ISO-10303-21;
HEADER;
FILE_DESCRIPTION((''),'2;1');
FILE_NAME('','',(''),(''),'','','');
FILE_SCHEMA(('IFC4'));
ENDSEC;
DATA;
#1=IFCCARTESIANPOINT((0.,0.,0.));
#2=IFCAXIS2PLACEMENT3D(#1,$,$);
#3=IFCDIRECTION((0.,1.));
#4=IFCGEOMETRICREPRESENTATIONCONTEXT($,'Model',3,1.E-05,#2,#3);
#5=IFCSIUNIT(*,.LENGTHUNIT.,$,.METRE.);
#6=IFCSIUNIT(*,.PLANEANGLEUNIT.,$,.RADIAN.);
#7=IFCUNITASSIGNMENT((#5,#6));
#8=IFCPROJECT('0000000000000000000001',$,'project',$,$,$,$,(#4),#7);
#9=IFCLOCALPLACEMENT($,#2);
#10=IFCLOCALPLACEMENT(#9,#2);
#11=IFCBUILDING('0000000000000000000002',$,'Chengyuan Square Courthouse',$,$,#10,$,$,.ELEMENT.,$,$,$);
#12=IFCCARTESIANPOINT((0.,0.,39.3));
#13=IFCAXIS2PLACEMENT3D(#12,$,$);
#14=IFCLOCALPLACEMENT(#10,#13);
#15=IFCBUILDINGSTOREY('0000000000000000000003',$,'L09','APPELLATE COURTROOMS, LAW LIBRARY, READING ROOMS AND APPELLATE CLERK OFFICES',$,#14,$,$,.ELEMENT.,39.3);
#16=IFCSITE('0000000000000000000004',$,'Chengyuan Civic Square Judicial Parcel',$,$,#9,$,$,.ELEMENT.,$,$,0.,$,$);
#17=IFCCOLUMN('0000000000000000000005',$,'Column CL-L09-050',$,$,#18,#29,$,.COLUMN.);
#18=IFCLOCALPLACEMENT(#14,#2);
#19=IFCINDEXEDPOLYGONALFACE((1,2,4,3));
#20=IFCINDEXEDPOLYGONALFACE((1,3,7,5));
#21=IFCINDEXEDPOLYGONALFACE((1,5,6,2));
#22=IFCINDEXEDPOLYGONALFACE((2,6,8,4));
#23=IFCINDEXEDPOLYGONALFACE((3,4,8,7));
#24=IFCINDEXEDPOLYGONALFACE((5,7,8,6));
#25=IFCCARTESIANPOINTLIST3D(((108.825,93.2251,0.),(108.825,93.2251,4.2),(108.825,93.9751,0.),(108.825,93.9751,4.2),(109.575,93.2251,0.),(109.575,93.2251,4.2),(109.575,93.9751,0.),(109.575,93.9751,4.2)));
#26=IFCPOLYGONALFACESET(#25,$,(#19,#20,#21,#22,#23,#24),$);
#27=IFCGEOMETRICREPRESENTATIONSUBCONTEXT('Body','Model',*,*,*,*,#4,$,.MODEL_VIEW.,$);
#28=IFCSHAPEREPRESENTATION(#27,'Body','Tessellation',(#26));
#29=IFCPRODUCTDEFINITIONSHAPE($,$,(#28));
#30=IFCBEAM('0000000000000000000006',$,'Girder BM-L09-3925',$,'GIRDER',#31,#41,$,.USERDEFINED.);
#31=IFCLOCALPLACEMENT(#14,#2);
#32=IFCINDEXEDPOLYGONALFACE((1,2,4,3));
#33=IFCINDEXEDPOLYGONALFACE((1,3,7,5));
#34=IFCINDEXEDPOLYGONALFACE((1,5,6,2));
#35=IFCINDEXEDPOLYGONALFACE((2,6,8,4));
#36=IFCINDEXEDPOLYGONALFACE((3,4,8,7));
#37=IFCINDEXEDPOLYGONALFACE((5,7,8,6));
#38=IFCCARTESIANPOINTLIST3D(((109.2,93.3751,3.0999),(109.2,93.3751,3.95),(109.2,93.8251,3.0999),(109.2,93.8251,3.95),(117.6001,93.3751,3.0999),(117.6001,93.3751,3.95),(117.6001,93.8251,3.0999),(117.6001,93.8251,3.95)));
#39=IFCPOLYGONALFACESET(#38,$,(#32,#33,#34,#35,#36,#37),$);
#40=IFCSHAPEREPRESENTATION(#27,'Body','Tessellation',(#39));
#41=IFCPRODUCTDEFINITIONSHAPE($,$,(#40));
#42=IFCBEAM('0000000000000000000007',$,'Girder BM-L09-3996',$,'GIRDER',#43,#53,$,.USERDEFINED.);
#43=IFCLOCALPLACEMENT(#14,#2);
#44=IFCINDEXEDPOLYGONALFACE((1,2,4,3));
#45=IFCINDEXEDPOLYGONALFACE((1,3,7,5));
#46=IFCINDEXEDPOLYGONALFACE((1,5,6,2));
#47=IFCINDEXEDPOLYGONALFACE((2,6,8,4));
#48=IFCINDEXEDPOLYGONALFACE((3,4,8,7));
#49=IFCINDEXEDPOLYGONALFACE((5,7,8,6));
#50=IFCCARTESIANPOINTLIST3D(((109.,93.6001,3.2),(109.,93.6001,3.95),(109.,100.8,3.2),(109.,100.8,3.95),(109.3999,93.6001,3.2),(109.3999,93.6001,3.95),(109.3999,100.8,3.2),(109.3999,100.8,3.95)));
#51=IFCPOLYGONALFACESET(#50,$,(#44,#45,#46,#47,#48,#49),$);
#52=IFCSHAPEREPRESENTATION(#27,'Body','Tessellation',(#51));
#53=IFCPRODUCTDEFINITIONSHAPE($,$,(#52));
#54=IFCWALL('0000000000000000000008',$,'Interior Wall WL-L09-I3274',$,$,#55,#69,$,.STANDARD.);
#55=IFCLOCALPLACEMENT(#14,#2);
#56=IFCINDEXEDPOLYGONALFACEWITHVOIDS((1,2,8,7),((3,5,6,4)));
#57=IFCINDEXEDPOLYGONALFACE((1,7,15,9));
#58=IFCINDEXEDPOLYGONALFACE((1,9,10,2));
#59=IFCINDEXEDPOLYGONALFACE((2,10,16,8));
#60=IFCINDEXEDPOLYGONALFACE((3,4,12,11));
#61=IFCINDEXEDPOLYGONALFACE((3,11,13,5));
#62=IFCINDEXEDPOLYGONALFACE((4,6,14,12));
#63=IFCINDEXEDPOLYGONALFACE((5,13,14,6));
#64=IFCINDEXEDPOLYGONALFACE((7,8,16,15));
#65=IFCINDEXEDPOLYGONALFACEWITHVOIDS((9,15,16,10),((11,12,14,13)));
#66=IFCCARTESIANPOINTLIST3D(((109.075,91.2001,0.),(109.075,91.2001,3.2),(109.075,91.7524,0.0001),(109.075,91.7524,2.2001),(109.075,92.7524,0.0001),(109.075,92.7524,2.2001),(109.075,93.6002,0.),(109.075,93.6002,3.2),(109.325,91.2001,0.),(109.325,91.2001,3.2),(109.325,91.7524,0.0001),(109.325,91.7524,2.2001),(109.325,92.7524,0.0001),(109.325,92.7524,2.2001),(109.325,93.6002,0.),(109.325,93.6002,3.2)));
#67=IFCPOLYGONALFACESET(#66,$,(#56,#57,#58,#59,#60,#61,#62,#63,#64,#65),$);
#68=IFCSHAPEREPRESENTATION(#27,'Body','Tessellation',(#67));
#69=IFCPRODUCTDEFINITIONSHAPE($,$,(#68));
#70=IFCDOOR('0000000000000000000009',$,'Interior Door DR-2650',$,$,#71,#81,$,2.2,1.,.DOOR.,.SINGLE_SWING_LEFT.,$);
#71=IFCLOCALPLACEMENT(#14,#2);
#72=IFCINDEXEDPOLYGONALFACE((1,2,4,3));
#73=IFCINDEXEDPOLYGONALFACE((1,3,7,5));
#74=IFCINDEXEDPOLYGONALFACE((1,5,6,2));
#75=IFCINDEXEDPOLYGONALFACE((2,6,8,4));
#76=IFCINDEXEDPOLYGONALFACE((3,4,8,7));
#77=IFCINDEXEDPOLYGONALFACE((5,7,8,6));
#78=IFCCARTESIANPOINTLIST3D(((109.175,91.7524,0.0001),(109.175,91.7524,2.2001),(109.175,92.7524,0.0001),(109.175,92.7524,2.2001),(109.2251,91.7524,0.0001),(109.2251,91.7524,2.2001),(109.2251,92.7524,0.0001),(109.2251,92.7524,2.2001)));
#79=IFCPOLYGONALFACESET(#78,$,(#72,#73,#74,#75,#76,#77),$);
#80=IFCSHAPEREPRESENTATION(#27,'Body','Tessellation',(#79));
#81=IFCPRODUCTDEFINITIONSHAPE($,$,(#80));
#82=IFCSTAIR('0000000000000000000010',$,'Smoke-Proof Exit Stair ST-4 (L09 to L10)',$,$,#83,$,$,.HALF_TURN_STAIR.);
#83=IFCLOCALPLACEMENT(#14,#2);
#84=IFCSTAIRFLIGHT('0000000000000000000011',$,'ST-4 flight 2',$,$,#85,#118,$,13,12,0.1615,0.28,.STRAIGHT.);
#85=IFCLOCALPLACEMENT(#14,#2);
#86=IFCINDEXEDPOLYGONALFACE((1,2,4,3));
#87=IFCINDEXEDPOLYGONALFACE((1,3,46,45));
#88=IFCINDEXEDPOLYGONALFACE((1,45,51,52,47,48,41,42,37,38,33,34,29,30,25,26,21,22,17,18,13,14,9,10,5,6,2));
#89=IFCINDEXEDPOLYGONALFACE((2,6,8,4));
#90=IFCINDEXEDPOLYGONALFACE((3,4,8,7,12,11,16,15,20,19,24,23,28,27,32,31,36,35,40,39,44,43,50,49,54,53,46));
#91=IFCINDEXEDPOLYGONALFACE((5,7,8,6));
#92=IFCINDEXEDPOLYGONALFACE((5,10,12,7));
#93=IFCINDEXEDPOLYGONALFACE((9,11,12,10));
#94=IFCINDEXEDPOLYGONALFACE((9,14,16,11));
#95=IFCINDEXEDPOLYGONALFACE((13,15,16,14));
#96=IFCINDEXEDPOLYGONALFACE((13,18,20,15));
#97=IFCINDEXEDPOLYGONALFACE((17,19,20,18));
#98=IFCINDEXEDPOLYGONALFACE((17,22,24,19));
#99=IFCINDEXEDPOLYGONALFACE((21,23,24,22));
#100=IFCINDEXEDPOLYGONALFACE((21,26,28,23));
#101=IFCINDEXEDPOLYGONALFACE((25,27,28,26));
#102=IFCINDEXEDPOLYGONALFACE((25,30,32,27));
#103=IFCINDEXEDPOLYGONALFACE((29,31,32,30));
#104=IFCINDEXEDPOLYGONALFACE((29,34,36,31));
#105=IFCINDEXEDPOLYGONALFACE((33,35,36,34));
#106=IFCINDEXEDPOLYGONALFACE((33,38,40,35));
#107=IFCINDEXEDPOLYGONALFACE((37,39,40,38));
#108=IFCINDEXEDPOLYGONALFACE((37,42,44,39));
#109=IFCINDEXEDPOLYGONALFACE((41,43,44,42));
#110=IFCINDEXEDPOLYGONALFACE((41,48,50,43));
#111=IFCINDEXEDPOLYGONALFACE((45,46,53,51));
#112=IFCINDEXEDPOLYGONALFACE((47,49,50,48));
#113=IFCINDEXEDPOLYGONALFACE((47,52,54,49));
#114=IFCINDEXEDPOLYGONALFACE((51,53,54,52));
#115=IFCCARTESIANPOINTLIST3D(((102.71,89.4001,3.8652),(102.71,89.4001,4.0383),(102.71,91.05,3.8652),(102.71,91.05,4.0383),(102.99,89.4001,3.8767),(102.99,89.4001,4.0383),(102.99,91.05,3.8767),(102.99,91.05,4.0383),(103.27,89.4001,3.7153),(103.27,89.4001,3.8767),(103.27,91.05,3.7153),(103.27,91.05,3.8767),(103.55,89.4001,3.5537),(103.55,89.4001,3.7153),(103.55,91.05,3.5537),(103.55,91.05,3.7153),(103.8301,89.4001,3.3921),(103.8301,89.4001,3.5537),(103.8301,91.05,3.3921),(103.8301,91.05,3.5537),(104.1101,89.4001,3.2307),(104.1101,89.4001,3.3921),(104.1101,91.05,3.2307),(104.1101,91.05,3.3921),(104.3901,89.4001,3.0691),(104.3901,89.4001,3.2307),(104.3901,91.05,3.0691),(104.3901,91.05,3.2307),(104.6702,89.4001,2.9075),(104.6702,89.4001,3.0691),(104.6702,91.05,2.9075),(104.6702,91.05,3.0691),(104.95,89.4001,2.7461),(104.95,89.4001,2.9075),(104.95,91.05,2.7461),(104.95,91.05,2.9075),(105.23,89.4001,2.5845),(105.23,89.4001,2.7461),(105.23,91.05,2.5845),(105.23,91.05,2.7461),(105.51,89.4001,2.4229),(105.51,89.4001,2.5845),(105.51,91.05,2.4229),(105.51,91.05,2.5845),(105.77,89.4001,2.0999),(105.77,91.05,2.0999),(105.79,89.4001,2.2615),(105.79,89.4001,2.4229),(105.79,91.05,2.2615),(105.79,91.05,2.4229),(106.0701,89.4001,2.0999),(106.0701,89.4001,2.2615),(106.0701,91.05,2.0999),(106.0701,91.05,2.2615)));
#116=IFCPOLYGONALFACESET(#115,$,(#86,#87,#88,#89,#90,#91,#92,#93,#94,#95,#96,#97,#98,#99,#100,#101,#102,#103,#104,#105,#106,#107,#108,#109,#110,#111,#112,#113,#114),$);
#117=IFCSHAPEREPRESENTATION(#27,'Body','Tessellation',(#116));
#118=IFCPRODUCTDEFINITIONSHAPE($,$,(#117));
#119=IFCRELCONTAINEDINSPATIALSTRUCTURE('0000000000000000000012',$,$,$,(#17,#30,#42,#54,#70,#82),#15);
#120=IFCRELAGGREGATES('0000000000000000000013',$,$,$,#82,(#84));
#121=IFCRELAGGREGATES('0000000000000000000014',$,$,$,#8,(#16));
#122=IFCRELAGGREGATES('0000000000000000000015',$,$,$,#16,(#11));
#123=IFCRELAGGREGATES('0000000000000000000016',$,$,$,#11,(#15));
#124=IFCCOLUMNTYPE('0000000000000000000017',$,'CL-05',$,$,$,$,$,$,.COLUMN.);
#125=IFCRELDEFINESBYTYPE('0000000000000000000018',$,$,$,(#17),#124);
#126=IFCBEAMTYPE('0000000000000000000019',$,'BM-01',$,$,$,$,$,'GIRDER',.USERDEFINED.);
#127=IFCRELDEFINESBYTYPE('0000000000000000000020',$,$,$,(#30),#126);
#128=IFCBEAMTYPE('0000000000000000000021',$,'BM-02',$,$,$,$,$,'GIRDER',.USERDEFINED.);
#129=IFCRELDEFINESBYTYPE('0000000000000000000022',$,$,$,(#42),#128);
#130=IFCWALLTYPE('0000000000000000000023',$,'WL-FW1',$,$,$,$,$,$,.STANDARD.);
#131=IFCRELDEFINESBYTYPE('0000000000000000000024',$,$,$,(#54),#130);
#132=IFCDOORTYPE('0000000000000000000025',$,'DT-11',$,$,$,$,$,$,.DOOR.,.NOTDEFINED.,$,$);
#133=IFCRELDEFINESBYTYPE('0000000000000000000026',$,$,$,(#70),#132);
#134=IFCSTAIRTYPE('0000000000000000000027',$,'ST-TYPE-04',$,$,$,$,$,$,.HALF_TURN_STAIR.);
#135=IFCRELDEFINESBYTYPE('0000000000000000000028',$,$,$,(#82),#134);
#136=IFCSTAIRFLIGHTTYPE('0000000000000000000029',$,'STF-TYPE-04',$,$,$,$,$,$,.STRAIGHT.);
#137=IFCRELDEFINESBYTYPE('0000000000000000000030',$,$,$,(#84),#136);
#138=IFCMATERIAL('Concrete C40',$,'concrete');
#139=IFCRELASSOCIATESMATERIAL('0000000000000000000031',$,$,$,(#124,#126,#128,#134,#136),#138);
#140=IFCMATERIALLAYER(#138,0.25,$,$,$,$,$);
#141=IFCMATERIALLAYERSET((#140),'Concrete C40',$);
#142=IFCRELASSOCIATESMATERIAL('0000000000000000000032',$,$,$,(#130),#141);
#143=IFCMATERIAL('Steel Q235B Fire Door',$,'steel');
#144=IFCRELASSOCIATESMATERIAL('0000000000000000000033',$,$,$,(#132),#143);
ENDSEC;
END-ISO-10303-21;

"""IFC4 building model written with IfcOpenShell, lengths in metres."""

from ifc_helpers import new_model, si_unit, direction, frame, frame_2d, origin, origin_2d, place, context, subcontext, project, spatial, polyline, rectangle, outline, extrude, material, layer, layer_set, material_profile, profile_set, type_object, element, fill, aggregate, save


model = new_model("IFC4")

# Units and contexts
model_context = context("Model", 3, precision=1e-05, world=origin(), true_north=direction((0.0, 1.0)))
body_context = subcontext(model_context, "Body", "Model", "MODEL_VIEW")
ifc_project = project(units=[si_unit("LENGTHUNIT", "METRE"), si_unit("PLANEANGLEUNIT", "RADIAN")], contexts=[model_context])

# Site, building, storey
site_placement = place(None, origin())
site = spatial("IfcSite", under=ifc_project, at=site_placement, Name="Chengyuan Civic Square Judicial Parcel", CompositionType="ELEMENT", RefElevation=0.0)
building_placement = place(site_placement, origin())
building = spatial("IfcBuilding", under=site, at=building_placement, Name="Chengyuan Square Courthouse", CompositionType="ELEMENT")
storey_placement = place(building_placement, frame((0.0, 0.0, 39.3)))
storey = spatial("IfcBuildingStorey", under=building, at=storey_placement, Name="L09", Description="APPELLATE COURTROOMS, LAW LIBRARY, READING ROOMS AND APPELLATE CLERK OFFICES", CompositionType="ELEMENT", Elevation=39.3)

# Column
ifc_material_1 = material(Name="Concrete C40", Category="concrete")
ifc_material_profile_1 = material_profile(ifc_material_1, rectangle(XDim=0.75, YDim=0.75, at=origin_2d()), Name="RC-COL-750x750")
ifc_profile_set_1 = profile_set([ifc_material_profile_1], Name="Concrete C40")
column_type = type_object("IfcColumnType", Name="CL-05", PredefinedType="COLUMN", material=ifc_profile_set_1)
column_placement = place(storey_placement, frame((109.2, 93.6001, 0.0), z_axis=(0.0, 0.0, 1.0), x_axis=(1.0, 0.0, 0.0)))
element("IfcColumn", 1, at=column_placement, inside=storey, type_object=column_type, Name="Column CL-L09-050", PredefinedType="COLUMN", context=body_context, shape_type="SweptSolid", body=[
    extrude(rectangle(XDim=0.75, YDim=0.75, at=origin_2d()), origin(), (0.0, 0.0, 1.0), 4.2),
])

# Beams
ifc_material_profile_2 = material_profile(ifc_material_1, rectangle(XDim=0.45, YDim=0.8501, at=origin_2d()), Name="RC-BM-450x850")
ifc_profile_set_2 = profile_set([ifc_material_profile_2], Name="Concrete C40")
beam_type_1 = type_object("IfcBeamType", Name="BM-01", ElementType="GIRDER", PredefinedType="USERDEFINED", material=ifc_profile_set_2)
beam_1_placement = place(storey_placement, frame((109.2, 93.6001, 3.5249), z_axis=(1.0, 0.0, 0.0), x_axis=(0.0, 1.0, 0.0)))
element("IfcBeam", 2, at=beam_1_placement, inside=storey, type_object=beam_type_1, Name="Girder BM-L09-3925", ObjectType="GIRDER", PredefinedType="USERDEFINED", context=body_context, shape_type="SweptSolid", body=[
    extrude(rectangle(XDim=0.45, YDim=0.8501, at=origin_2d()), origin(), (0.0, 0.0, 1.0), 8.4001),
])
ifc_material_profile_3 = material_profile(ifc_material_1, rectangle(XDim=0.3999, YDim=0.75, at=origin_2d()), Name="RC-BM-400x750")
ifc_profile_set_3 = profile_set([ifc_material_profile_3], Name="Concrete C40")
beam_type_2 = type_object("IfcBeamType", Name="BM-02", ElementType="GIRDER", PredefinedType="USERDEFINED", material=ifc_profile_set_3)
beam_2_placement = place(storey_placement, frame((109.2, 93.6001, 3.575), z_axis=(0.0, 1.0, 0.0), x_axis=(-1.0, 0.0, 0.0)))
element("IfcBeam", 3, at=beam_2_placement, inside=storey, type_object=beam_type_2, Name="Girder BM-L09-3996", ObjectType="GIRDER", PredefinedType="USERDEFINED", context=body_context, shape_type="SweptSolid", body=[
    extrude(rectangle(XDim=0.3999, YDim=0.75, at=origin_2d()), origin(), (0.0, 0.0, 1.0), 7.2),
])

# Wall, opening, door
ifc_layer_1 = layer(ifc_material_1, 0.25)
ifc_layer_set_1 = layer_set([ifc_layer_1], Name="Concrete C40")
wall_type_1 = type_object("IfcWallType", Name="WL-FW1", PredefinedType="STANDARD", material=ifc_layer_set_1)
ifc_material_2 = material(Name="Steel Q235B Fire Door", Category="steel")
wall_1_placement = place(storey_placement, frame((109.2, 91.2, 0.0), z_axis=(0.0, 0.0, 1.0), x_axis=(0.0, 1.0, 0.0)))
wall_1 = element("IfcWall", 4, at=wall_1_placement, inside=storey, type_object=wall_type_1, Name="Interior Wall WL-L09-I3274", PredefinedType="STANDARD", context=body_context, shape_type="SweptSolid", body=[
    extrude(rectangle(XDim=2.4001, YDim=0.25, at=frame_2d((1.2002, 0.0))), origin(), (0.0, 0.0, 1.0), 3.2),
])
opening_1_placement = place(wall_1_placement, frame((0.5525, 0.0, 0.0)))
opening_1 = element("IfcOpeningElement", 5, at=opening_1_placement, cuts=wall_1, PredefinedType="OPENING", context=body_context, shape_type="SweptSolid", body=[
    extrude(rectangle(XDim=1.0, YDim=2.2, at=frame_2d((0.5, 1.1001))), frame((0.0, 0.137, 0.0), z_axis=(0.0, -1.0, 0.0), x_axis=(1.0, 0.0, 0.0)), (0.0, 0.0, 1.0), 0.2739),
])
door_type_1 = type_object("IfcDoorType", Name="DT-11", OperationType="NOTDEFINED", PredefinedType="DOOR", material=ifc_material_2)
door_1_placement = place(opening_1_placement, origin())
door_1 = element("IfcDoor", 6, at=door_1_placement, inside=storey, type_object=door_type_1, Name="Interior Door DR-2650", OperationType="SINGLE_SWING_LEFT", OverallHeight=2.2, OverallWidth=1.0, PredefinedType="DOOR", context=body_context, shape_type="SweptSolid", body=[
    extrude(rectangle(XDim=1.0, YDim=2.2, at=frame_2d((0.5, 1.1001))), frame((0.0, 0.0249, 0.0), z_axis=(0.0, -1.0, 0.0), x_axis=(1.0, 0.0, 0.0)), (0.0, 0.0, 1.0), 0.05),
])
fill(opening_1, door_1)

# Stair, stair flight
stair_type = type_object("IfcStairType", Name="ST-TYPE-04", PredefinedType="HALF_TURN_STAIR", material=ifc_material_1)
stair_placement = place(storey_placement, origin())
stair = element("IfcStair", 7, at=stair_placement, inside=storey, type_object=stair_type, Name="Smoke-Proof Exit Stair ST-4 (L09 to L10)", PredefinedType="HALF_TURN_STAIR")
stair_flight_type = type_object("IfcStairFlightType", Name="STF-TYPE-04", PredefinedType="STRAIGHT", material=ifc_material_1)
stair_flight_placement = place(storey_placement, frame((106.0701, 90.2251, 2.0999), z_axis=(0.0, 0.0, 1.0), x_axis=(-1.0, 0.0, 0.0)))
stair_flight = element("IfcStairFlight", 8, at=stair_flight_placement, type_object=stair_flight_type, Name="ST-4 flight 2", NumberOfRisers=13, NumberOfTreads=12, PredefinedType="STRAIGHT", RiserHeight=0.1615, TreadLength=0.28, context=body_context, shape_type="SweptSolid", body=[
    extrude(outline(polyline([(0.0, 0.0), (0.0, 0.1616), (0.28, 0.1616), (0.28, 0.323), (0.5601, 0.323), (0.5601, 0.4846), (0.8401, 0.4846), (0.8401, 0.6462), (1.1201, 0.6462), (1.1201, 0.8076), (1.3999, 0.8076), (1.3999, 0.9692), (1.6799, 0.9692), (1.6799, 1.1309), (1.96, 1.1309), (1.96, 1.2922), (2.24, 1.2922), (2.24, 1.4539), (2.52, 1.4539), (2.52, 1.6155), (2.8, 1.6155), (2.8, 1.7769), (3.0801, 1.7769), (3.0801, 1.9385), (3.3601, 1.9385), (3.3601, 2.1001), (3.3601, 1.7654), (0.3, 0.0), (0.0, 0.0)])), frame((0.0, 0.825, 0.0), z_axis=(0.0, -1.0, 0.0), x_axis=(1.0, 0.0, 0.0)), (0.0, 0.0, 1.0), 1.6499),
])
aggregate(stair, [stair_flight])

save(model, "model.ifc")
